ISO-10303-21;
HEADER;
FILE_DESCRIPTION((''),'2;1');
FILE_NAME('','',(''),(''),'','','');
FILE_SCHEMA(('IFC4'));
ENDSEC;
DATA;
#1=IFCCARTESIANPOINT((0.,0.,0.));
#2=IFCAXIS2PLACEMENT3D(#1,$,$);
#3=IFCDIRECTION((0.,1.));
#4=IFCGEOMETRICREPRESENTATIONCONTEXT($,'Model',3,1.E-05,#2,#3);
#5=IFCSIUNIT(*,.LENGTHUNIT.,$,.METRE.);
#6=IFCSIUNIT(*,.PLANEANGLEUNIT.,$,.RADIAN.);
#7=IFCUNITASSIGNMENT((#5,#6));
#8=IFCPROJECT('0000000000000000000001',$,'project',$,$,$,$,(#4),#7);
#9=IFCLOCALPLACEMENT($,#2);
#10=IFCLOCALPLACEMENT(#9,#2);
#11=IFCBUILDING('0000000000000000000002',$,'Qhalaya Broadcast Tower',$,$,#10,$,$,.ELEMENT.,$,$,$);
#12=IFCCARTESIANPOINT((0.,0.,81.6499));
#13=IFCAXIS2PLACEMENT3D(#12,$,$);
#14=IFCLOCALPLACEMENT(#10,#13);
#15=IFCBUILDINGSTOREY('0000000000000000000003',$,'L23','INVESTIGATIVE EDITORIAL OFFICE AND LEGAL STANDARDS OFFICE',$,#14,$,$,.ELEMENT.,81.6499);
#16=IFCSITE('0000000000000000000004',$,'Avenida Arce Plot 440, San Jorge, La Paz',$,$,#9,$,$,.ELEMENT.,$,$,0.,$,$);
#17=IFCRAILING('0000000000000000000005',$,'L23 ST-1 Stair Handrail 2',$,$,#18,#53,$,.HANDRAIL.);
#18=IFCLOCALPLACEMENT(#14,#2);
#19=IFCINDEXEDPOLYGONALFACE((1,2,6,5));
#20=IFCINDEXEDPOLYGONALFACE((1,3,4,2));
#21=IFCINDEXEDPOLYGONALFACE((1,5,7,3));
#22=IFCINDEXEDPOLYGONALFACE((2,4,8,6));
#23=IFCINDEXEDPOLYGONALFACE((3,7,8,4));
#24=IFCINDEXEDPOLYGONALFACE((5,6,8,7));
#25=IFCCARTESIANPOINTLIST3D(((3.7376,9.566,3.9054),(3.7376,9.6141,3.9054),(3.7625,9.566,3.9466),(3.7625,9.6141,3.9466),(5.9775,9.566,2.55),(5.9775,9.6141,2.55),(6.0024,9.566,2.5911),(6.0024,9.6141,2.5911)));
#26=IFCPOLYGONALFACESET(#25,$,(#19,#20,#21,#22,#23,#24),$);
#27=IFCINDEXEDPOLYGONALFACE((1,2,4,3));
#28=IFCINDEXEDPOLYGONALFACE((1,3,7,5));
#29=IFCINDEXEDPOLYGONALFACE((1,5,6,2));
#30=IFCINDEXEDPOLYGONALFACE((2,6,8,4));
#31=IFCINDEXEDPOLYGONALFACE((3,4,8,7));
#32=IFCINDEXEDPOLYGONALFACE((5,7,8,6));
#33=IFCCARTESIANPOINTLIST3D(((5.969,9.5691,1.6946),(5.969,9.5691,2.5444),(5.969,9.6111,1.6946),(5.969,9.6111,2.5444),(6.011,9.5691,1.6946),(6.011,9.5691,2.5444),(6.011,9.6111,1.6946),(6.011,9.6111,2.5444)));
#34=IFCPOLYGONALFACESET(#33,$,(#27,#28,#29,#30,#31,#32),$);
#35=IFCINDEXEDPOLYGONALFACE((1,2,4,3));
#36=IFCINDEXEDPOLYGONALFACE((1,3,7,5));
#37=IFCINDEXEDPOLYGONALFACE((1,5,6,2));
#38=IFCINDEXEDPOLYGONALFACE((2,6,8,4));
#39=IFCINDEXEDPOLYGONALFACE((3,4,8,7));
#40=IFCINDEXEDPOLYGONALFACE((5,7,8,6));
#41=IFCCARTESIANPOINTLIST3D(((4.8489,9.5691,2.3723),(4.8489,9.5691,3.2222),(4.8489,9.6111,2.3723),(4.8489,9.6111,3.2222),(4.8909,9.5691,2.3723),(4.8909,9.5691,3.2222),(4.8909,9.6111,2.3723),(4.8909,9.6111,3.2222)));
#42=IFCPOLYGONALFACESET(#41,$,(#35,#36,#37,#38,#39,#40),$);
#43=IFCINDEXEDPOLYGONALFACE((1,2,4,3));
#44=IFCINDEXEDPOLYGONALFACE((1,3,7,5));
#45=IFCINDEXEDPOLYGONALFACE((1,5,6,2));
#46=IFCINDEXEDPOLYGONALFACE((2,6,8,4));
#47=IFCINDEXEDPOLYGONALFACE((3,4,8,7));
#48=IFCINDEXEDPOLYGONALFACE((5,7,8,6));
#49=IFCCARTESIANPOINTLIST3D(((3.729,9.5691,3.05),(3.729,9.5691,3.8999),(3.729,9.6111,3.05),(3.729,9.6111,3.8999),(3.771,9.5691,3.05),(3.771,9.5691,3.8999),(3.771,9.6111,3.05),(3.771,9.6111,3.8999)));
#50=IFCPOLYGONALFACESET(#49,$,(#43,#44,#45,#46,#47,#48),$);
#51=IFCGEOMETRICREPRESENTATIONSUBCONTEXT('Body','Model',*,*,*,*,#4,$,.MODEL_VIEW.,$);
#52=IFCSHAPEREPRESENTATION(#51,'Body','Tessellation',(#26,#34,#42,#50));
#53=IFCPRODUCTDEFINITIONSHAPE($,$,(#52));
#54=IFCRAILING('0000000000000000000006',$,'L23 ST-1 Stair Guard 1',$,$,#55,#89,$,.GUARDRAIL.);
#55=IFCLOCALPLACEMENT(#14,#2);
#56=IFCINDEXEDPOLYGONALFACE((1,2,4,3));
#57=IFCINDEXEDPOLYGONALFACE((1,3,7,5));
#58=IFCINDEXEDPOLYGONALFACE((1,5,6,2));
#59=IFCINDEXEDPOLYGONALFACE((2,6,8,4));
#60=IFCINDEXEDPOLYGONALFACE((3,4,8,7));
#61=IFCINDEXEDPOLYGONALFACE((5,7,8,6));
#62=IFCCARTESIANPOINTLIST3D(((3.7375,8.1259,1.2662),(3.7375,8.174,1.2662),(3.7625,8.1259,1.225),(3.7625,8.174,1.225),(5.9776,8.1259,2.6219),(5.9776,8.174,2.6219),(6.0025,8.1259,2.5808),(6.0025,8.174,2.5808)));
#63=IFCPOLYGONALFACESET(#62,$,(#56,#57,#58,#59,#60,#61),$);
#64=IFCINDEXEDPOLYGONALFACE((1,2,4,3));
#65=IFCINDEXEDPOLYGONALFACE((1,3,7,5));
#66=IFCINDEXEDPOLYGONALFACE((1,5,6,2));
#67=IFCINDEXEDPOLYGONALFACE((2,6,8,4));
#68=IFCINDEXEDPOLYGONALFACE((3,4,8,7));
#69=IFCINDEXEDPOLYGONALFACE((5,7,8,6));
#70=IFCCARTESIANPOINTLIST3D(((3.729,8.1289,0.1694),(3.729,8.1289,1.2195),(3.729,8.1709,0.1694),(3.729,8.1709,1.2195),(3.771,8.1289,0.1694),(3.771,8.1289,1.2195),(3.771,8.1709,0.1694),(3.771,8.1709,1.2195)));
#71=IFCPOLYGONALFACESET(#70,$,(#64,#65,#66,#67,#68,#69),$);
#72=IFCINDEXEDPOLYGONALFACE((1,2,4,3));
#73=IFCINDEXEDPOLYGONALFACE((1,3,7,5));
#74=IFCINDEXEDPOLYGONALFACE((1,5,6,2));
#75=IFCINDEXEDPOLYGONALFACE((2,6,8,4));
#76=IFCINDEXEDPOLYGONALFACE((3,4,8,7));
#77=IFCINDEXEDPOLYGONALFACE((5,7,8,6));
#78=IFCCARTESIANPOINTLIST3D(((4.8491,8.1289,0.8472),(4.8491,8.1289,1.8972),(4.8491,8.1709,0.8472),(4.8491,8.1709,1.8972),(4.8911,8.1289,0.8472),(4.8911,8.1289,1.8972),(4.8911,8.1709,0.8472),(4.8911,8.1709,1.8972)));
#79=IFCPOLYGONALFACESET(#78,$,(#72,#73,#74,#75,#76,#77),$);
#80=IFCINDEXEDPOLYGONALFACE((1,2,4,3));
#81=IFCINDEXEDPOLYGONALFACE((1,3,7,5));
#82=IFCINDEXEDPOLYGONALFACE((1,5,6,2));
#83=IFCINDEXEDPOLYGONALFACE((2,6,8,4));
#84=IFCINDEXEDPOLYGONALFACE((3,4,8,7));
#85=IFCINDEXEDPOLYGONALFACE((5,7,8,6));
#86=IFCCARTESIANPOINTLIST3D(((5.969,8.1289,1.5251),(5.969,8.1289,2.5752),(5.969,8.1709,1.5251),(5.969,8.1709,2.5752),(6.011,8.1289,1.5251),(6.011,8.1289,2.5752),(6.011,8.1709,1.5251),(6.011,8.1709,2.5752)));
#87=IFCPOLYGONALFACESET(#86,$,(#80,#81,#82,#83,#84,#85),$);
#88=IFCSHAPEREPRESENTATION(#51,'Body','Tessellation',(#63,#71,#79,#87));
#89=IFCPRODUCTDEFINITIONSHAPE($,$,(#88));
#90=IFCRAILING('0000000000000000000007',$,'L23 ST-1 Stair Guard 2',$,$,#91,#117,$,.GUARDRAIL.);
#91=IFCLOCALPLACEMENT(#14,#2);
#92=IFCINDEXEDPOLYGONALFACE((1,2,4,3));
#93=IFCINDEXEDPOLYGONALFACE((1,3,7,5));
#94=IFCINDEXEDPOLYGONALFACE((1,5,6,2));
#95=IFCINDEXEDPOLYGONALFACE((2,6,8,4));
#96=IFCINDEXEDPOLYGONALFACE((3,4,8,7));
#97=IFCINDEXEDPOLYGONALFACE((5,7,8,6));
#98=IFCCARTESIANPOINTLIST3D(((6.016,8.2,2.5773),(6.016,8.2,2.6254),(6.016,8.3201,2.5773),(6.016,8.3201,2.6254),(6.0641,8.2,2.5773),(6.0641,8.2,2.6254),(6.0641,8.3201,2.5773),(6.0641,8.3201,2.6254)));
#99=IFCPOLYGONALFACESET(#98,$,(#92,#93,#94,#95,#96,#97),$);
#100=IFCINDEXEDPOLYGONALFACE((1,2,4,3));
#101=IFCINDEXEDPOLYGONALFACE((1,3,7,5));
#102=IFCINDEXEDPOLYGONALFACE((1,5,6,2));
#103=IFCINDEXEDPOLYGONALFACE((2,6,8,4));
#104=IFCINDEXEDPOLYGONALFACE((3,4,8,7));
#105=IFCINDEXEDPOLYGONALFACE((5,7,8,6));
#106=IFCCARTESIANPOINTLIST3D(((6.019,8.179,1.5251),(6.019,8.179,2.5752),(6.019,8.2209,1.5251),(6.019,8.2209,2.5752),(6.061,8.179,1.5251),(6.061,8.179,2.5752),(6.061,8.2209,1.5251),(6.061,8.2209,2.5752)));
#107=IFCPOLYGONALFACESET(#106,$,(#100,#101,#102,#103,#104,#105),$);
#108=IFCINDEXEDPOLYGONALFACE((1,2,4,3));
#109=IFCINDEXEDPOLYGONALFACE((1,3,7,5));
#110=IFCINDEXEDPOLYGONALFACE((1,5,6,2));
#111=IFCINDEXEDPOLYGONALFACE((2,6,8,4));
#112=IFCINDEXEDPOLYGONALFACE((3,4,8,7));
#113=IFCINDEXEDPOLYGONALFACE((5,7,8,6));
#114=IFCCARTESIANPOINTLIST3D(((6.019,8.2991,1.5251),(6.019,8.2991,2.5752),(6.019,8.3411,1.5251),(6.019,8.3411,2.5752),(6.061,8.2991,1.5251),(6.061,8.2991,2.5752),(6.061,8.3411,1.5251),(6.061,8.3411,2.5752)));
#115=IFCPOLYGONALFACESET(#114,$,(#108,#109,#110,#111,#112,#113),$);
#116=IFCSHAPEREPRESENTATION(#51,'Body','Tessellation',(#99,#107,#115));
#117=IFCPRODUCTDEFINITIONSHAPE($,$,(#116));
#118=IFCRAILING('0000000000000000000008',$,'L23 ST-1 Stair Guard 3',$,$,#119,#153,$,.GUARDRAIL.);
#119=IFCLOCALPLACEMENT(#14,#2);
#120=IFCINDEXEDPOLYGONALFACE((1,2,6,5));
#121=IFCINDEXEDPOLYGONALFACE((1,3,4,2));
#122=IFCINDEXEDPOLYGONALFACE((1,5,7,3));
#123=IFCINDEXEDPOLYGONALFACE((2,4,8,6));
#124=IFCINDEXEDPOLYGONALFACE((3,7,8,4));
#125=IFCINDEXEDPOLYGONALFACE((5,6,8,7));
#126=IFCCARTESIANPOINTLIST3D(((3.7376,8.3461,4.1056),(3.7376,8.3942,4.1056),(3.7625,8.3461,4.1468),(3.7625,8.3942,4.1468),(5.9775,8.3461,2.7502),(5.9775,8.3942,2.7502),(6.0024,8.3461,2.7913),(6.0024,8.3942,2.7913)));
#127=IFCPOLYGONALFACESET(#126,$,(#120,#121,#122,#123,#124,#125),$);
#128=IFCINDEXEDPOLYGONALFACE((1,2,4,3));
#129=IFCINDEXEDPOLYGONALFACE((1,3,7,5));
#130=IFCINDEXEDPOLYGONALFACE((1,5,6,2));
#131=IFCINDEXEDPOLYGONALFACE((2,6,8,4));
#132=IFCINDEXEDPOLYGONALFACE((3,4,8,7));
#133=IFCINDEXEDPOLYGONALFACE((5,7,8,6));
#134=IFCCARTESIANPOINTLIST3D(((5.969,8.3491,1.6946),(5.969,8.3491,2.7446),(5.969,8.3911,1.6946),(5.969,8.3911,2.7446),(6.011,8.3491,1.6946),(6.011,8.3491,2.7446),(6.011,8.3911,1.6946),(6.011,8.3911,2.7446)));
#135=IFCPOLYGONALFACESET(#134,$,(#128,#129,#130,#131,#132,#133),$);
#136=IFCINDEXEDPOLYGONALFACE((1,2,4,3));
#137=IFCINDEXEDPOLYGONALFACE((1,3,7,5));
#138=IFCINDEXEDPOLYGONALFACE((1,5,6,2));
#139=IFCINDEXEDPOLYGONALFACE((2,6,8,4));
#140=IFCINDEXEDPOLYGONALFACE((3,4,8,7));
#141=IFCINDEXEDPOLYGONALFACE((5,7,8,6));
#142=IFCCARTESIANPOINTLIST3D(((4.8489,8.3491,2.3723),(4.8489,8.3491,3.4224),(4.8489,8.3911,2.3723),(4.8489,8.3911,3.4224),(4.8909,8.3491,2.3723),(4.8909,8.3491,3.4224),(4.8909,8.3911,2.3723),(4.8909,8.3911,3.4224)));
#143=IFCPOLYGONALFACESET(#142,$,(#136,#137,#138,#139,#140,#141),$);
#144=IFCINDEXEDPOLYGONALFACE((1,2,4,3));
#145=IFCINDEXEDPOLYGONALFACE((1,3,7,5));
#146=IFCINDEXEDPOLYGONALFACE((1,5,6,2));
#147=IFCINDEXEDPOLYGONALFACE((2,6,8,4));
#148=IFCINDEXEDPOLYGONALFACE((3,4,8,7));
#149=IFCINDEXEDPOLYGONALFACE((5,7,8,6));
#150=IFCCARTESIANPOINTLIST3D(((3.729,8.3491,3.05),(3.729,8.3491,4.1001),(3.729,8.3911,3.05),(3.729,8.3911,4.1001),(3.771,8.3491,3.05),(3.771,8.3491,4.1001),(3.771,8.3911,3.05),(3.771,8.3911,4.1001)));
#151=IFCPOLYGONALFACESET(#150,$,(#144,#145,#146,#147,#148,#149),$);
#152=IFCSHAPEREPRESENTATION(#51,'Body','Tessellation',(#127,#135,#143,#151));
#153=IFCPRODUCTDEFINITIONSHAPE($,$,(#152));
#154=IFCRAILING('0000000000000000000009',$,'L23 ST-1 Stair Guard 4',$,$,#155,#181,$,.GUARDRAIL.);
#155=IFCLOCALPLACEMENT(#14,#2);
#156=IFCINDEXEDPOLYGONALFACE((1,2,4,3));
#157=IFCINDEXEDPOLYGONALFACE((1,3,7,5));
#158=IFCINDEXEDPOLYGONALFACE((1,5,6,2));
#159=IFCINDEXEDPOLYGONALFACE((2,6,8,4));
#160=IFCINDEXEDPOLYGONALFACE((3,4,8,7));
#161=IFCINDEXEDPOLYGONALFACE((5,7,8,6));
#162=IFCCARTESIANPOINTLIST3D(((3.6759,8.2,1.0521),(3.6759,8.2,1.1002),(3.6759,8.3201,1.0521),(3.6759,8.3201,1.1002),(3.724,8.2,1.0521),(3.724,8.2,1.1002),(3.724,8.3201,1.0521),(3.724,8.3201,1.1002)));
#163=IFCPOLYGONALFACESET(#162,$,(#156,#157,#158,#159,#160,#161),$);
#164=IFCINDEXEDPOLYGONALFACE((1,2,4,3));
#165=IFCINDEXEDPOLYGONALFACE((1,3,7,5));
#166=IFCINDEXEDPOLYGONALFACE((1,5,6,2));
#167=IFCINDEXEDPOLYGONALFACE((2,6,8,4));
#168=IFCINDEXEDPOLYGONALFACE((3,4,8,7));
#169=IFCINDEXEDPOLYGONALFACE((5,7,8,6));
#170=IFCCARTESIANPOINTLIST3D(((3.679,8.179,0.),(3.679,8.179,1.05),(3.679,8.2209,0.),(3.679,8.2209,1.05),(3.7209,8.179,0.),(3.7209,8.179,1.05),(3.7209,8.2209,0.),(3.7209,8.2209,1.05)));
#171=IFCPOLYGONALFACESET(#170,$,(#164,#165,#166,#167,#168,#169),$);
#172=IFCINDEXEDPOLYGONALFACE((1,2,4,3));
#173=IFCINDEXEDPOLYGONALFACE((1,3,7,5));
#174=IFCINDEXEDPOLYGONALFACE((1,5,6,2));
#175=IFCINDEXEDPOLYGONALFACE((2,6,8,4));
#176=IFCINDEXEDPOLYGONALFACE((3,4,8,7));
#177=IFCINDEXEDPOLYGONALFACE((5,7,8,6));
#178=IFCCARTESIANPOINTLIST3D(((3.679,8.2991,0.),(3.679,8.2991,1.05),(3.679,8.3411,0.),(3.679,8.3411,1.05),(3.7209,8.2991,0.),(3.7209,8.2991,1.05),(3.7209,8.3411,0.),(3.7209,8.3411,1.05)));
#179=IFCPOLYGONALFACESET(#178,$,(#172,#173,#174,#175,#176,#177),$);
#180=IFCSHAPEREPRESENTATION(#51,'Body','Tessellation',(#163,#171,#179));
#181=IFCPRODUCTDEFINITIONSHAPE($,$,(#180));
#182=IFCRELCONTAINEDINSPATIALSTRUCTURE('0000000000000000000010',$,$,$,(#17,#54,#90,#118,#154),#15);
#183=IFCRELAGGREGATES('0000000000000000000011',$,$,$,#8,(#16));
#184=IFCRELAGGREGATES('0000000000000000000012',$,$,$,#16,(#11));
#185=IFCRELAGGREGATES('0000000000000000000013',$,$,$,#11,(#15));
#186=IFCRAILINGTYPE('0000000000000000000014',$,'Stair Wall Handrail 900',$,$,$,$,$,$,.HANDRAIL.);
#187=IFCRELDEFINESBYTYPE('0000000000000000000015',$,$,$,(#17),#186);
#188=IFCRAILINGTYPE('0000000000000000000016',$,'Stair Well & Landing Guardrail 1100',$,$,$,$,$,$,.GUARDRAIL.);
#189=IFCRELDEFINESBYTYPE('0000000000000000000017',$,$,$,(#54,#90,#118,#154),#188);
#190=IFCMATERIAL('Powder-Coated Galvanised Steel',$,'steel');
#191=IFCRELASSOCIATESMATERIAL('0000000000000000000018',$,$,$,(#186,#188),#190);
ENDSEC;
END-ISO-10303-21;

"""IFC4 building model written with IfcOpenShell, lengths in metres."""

from ifc_helpers import new_model, si_unit, direction, frame, origin, origin_2d, place, context, subcontext, project, spatial, rectangle, extrude, material, type_object, element, save


model = new_model("IFC4")

# Units and contexts
model_context = context("Model", 3, precision=1e-05, world=origin(), true_north=direction((0.0, 1.0)))
body_context = subcontext(model_context, "Body", "Model", "MODEL_VIEW")
ifc_project = project(units=[si_unit("LENGTHUNIT", "METRE"), si_unit("PLANEANGLEUNIT", "RADIAN")], contexts=[model_context])

# Site, building, storey
site_placement = place(None, origin())
site = spatial("IfcSite", under=ifc_project, at=site_placement, Name="Avenida Arce Plot 440, San Jorge, La Paz", CompositionType="ELEMENT", RefElevation=0.0)
building_placement = place(site_placement, origin())
building = spatial("IfcBuilding", under=site, at=building_placement, Name="Qhalaya Broadcast Tower", CompositionType="ELEMENT")
storey_placement = place(building_placement, frame((0.0, 0.0, 81.6499)))
storey = spatial("IfcBuildingStorey", under=building, at=storey_placement, Name="L23", Description="INVESTIGATIVE EDITORIAL OFFICE AND LEGAL STANDARDS OFFICE", CompositionType="ELEMENT", Elevation=81.6499)

# Railings
ifc_material_1 = material(Name="Powder-Coated Galvanised Steel", Category="steel")
railing_type_1 = type_object("IfcRailingType", Name="Stair Wall Handrail 900", PredefinedType="HANDRAIL", material=ifc_material_1)
railing_1_placement = place(storey_placement, frame((5.99, 9.5901, 1.6946)))
element("IfcRailing", 1, at=railing_1_placement, inside=storey, type_object=railing_type_1, Name="L23 ST-1 Stair Handrail 2", PredefinedType="HANDRAIL", context=body_context, shape_type="SweptSolid", body=[
    extrude(rectangle(XDim=0.0481, YDim=0.0481, at=origin_2d()), frame((0.0, 0.0, 0.876), z_axis=(-0.855553, 0.0, 0.517715), x_axis=(0.0, -1.0, 0.0)), (0.0, 0.0, 1.0), 2.6182),
    extrude(rectangle(XDim=0.042, YDim=0.042, at=origin_2d()), origin(), (0.0, 0.0, 1.0), 0.8499),
    extrude(rectangle(XDim=0.042, YDim=0.042, at=origin_2d()), frame((-1.1201, 0.0, 0.6777)), (0.0, 0.0, 1.0), 0.8499),
    extrude(rectangle(XDim=0.042, YDim=0.042, at=origin_2d()), frame((-2.24, 0.0, 1.3555)), (0.0, 0.0, 1.0), 0.8499),
])
railing_type_2 = type_object("IfcRailingType", Name="Stair Well & Landing Guardrail 1100", PredefinedType="GUARDRAIL", material=ifc_material_1)
railing_2_placement = place(storey_placement, frame((3.75, 8.1499, 0.1694)))
element("IfcRailing", 2, at=railing_2_placement, inside=storey, type_object=railing_type_2, Name="L23 ST-1 Stair Guard 1", PredefinedType="GUARDRAIL", context=body_context, shape_type="SweptSolid", body=[
    extrude(rectangle(XDim=0.0481, YDim=0.0481, at=origin_2d()), frame((0.0, 0.0, 1.0762), z_axis=(0.855512, 0.0, 0.517783), x_axis=(0.0, 1.0, 0.0)), (0.0, 0.0, 1.0), 2.6184),
    extrude(rectangle(XDim=0.042, YDim=0.042, at=origin_2d()), origin(), (0.0, 0.0, 1.0), 1.05),
    extrude(rectangle(XDim=0.042, YDim=0.042, at=origin_2d()), frame((1.1201, 0.0, 0.6777)), (0.0, 0.0, 1.0), 1.05),
    extrude(rectangle(XDim=0.042, YDim=0.042, at=origin_2d()), frame((2.24, 0.0, 1.3557)), (0.0, 0.0, 1.0), 1.05),
])
railing_3_placement = place(storey_placement, frame((6.04, 8.2, 1.5251)))
element("IfcRailing", 3, at=railing_3_placement, inside=storey, type_object=railing_type_2, Name="L23 ST-1 Stair Guard 2", PredefinedType="GUARDRAIL", context=body_context, shape_type="SweptSolid", body=[
    extrude(rectangle(XDim=0.0481, YDim=0.0481, at=origin_2d()), frame((0.0, 0.0, 1.0762), z_axis=(0.0, 1.0, 0.0), x_axis=(-1.0, 0.0, 0.0)), (0.0, 0.0, 1.0), 0.1201),
    extrude(rectangle(XDim=0.042, YDim=0.042, at=origin_2d()), origin(), (0.0, 0.0, 1.0), 1.05),
    extrude(rectangle(XDim=0.042, YDim=0.042, at=origin_2d()), frame((0.0, 0.1201, 0.0)), (0.0, 0.0, 1.0), 1.05),
])
railing_4_placement = place(storey_placement, frame((5.99, 8.3701, 1.6946)))
element("IfcRailing", 4, at=railing_4_placement, inside=storey, type_object=railing_type_2, Name="L23 ST-1 Stair Guard 3", PredefinedType="GUARDRAIL", context=body_context, shape_type="SweptSolid", body=[
    extrude(rectangle(XDim=0.0481, YDim=0.0481, at=origin_2d()), frame((0.0, 0.0, 1.0762), z_axis=(-0.855553, 0.0, 0.517715), x_axis=(0.0, -1.0, 0.0)), (0.0, 0.0, 1.0), 2.6182),
    extrude(rectangle(XDim=0.042, YDim=0.042, at=origin_2d()), origin(), (0.0, 0.0, 1.0), 1.05),
    extrude(rectangle(XDim=0.042, YDim=0.042, at=origin_2d()), frame((-1.1201, 0.0, 0.6777)), (0.0, 0.0, 1.0), 1.05),
    extrude(rectangle(XDim=0.042, YDim=0.042, at=origin_2d()), frame((-2.24, 0.0, 1.3555)), (0.0, 0.0, 1.0), 1.05),
])
railing_5_placement = place(storey_placement, frame((3.7, 8.2, 0.0)))
element("IfcRailing", 5, at=railing_5_placement, inside=storey, type_object=railing_type_2, Name="L23 ST-1 Stair Guard 4", PredefinedType="GUARDRAIL", context=body_context, shape_type="SweptSolid", body=[
    extrude(rectangle(XDim=0.0481, YDim=0.0481, at=origin_2d()), frame((0.0, 0.0, 1.0762), z_axis=(0.0, 1.0, 0.0), x_axis=(-1.0, 0.0, 0.0)), (0.0, 0.0, 1.0), 0.1201),
    extrude(rectangle(XDim=0.042, YDim=0.042, at=origin_2d()), origin(), (0.0, 0.0, 1.0), 1.05),
    extrude(rectangle(XDim=0.042, YDim=0.042, at=origin_2d()), frame((0.0, 0.1201, 0.0)), (0.0, 0.0, 1.0), 1.05),
])

save(model, "model.ifc")
